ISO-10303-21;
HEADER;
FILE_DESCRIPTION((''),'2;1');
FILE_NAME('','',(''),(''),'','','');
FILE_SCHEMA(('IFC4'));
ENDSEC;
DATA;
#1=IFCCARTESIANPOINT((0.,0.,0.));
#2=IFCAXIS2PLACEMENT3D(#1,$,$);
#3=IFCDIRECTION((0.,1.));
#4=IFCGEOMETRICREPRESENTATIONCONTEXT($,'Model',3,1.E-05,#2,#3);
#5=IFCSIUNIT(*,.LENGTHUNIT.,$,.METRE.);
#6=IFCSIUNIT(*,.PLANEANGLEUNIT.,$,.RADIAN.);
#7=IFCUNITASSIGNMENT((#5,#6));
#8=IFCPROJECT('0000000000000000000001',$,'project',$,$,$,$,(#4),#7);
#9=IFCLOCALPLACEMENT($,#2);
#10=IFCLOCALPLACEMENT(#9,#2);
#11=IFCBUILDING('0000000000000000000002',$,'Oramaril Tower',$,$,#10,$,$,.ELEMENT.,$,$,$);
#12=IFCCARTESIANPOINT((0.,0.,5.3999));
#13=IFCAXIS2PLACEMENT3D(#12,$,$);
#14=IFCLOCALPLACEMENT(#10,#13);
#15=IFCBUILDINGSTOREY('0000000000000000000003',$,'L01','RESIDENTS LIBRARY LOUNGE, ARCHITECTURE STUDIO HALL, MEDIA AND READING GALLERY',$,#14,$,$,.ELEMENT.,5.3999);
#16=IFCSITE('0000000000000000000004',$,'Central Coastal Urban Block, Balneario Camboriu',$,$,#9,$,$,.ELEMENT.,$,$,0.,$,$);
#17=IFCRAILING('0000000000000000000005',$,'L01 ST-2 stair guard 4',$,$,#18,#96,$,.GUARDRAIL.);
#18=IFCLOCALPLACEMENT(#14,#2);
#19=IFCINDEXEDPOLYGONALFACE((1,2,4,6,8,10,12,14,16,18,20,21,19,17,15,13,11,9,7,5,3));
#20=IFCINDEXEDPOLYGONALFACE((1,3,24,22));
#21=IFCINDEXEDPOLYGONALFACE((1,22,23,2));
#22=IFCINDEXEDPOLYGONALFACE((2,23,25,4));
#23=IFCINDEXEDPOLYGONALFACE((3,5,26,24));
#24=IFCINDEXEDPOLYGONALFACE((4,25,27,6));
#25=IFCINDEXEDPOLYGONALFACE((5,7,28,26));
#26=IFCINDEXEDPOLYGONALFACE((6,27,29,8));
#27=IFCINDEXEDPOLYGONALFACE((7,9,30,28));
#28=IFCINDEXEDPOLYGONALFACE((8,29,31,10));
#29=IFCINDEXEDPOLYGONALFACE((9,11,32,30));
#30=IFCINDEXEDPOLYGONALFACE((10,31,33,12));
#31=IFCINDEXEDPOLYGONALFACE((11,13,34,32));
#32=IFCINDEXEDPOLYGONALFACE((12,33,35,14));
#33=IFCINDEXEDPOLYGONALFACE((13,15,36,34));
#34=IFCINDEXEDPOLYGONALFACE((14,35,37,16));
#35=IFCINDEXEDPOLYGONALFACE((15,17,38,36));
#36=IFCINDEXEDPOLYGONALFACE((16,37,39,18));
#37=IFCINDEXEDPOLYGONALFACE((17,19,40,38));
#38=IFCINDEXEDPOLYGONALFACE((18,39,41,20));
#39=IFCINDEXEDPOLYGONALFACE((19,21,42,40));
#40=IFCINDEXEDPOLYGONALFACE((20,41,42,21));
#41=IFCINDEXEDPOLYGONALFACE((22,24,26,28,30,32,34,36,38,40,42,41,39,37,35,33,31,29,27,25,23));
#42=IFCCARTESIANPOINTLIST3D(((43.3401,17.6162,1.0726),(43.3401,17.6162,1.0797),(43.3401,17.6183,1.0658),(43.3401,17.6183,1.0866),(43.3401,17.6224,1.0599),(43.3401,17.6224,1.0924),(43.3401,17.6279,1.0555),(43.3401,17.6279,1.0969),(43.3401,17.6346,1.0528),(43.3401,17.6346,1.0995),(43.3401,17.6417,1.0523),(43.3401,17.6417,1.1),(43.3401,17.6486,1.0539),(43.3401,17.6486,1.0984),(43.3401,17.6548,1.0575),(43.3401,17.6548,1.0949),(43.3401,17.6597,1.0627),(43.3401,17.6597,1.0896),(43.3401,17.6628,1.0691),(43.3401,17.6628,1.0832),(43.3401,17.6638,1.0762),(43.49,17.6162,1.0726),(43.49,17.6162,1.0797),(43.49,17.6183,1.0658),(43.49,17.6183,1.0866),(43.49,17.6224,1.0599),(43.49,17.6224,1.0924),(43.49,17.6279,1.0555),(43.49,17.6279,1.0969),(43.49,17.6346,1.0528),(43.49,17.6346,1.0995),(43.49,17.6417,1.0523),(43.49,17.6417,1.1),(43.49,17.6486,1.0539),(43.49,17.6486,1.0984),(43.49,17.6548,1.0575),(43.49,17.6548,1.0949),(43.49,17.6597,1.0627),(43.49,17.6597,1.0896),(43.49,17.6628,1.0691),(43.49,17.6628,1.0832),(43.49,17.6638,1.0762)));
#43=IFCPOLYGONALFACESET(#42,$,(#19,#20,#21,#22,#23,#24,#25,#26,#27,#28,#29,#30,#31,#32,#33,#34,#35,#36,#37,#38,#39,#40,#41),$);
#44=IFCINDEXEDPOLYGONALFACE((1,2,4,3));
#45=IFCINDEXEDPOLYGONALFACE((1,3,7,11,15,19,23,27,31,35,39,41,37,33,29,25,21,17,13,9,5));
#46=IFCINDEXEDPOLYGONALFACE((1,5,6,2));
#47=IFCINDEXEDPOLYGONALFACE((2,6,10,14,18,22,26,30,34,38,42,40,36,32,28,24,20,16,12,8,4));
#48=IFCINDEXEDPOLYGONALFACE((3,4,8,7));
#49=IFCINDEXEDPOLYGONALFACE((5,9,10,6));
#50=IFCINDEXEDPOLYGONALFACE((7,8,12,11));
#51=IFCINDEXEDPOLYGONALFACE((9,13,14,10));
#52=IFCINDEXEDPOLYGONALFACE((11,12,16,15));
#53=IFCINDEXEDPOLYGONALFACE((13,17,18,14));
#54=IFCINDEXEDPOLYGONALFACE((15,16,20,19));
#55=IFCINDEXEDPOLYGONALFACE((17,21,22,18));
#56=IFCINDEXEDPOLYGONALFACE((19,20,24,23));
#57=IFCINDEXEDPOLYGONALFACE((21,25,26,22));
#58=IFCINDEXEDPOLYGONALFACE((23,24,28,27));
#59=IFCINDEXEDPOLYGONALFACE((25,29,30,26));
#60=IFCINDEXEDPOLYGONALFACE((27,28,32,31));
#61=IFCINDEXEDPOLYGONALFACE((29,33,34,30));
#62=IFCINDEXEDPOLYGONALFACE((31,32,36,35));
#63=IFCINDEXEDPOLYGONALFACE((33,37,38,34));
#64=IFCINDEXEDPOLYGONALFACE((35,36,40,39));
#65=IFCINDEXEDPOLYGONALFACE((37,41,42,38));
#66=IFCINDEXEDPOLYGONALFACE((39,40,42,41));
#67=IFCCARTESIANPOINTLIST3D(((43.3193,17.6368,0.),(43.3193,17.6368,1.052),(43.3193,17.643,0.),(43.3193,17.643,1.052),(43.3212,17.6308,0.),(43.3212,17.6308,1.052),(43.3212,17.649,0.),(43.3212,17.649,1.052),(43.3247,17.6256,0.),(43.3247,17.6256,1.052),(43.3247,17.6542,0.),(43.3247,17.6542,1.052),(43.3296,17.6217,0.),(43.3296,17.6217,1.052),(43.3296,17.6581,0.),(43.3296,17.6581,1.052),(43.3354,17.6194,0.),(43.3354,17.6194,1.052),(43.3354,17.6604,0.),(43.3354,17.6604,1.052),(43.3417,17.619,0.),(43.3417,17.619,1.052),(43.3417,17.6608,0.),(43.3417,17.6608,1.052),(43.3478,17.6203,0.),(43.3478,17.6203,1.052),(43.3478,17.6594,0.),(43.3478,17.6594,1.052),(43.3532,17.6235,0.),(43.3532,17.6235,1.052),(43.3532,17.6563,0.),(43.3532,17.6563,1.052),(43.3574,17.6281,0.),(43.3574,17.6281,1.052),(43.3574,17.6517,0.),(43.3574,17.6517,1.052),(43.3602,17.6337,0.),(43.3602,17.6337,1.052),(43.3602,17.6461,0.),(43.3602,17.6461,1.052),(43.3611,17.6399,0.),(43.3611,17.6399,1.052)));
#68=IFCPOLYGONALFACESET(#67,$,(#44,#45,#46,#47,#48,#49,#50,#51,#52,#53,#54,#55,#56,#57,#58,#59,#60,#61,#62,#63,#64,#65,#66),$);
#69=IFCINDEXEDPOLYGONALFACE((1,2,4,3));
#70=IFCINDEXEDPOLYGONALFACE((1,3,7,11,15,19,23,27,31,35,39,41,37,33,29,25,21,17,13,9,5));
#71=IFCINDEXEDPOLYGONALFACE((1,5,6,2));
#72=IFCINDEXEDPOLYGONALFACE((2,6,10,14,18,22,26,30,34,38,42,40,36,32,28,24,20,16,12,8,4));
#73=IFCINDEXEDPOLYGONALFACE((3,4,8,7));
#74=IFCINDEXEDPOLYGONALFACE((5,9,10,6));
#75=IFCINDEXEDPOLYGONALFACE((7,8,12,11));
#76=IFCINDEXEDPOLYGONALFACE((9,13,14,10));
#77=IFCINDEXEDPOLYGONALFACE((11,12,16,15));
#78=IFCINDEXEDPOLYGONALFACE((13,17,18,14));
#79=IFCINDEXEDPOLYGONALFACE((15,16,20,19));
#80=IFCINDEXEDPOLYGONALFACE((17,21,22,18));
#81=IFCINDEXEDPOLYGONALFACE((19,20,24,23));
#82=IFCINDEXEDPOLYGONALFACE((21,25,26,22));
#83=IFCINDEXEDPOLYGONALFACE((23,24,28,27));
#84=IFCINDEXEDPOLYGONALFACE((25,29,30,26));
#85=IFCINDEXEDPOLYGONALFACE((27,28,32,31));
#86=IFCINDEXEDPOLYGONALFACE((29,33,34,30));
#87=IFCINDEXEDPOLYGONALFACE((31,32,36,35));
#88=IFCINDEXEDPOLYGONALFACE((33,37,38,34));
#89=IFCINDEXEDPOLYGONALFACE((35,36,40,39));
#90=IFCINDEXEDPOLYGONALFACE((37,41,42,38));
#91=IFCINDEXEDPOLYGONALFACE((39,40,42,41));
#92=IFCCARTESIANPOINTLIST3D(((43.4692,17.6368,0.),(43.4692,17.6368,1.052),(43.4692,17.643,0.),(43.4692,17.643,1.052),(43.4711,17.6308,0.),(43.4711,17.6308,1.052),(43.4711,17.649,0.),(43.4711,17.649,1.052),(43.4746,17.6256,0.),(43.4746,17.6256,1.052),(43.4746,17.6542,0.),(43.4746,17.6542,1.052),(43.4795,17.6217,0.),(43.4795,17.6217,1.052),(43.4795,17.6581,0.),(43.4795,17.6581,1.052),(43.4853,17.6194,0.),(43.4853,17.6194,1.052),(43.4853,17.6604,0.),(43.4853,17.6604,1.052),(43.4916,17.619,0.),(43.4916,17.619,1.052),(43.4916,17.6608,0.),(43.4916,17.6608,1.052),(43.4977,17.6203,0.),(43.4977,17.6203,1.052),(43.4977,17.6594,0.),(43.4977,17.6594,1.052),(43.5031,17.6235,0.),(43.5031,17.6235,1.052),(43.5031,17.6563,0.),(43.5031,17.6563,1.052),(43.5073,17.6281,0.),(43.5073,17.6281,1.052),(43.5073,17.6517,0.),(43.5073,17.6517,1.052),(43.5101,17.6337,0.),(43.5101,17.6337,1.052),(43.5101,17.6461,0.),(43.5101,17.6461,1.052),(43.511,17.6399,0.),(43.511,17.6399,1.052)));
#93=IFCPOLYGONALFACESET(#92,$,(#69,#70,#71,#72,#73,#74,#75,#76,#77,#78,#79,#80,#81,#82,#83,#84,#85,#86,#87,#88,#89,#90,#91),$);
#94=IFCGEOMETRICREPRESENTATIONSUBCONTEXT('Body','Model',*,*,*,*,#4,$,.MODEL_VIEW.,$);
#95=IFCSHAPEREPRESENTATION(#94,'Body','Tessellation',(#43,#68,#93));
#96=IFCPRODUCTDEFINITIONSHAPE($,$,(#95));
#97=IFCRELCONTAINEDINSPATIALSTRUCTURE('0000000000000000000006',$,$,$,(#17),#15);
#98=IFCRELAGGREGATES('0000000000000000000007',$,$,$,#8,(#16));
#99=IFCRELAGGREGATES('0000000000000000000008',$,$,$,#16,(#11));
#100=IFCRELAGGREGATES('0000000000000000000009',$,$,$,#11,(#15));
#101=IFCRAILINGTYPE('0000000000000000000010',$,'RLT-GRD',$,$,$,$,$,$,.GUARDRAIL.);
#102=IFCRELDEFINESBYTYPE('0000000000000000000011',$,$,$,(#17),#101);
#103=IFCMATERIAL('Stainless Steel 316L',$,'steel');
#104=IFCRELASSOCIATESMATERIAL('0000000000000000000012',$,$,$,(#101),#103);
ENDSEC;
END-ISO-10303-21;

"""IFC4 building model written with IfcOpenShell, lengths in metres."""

from ifc_helpers import new_model, si_unit, direction, frame, origin, origin_2d, place, context, subcontext, project, spatial, circle, extrude, material, type_object, element, save


model = new_model("IFC4")

# Units and contexts
model_context = context("Model", 3, precision=1e-05, world=origin(), true_north=direction((0.0, 1.0)))
body_context = subcontext(model_context, "Body", "Model", "MODEL_VIEW")
ifc_project = project(units=[si_unit("LENGTHUNIT", "METRE"), si_unit("PLANEANGLEUNIT", "RADIAN")], contexts=[model_context])

# Site, building, storey
site_placement = place(None, origin())
site = spatial("IfcSite", under=ifc_project, at=site_placement, Name="Central Coastal Urban Block, Balneario Camboriu", CompositionType="ELEMENT", RefElevation=0.0)
building_placement = place(site_placement, origin())
building = spatial("IfcBuilding", under=site, at=building_placement, Name="Oramaril Tower", CompositionType="ELEMENT")
storey_placement = place(building_placement, frame((0.0, 0.0, 5.3999)))
storey = spatial("IfcBuildingStorey", under=building, at=storey_placement, Name="L01", Description="RESIDENTS LIBRARY LOUNGE, ARCHITECTURE STUDIO HALL, MEDIA AND READING GALLERY", CompositionType="ELEMENT", Elevation=5.3999)

# Railing
ifc_material_1 = material(Name="Stainless Steel 316L", Category="steel")
railing_type_1 = type_object("IfcRailingType", Name="RLT-GRD", PredefinedType="GUARDRAIL", material=ifc_material_1)
railing_1_placement = place(storey_placement, frame((43.3401, 17.6399, 0.0)))
element("IfcRailing", 1, at=railing_1_placement, inside=storey, type_object=railing_type_1, Name="L01 ST-2 stair guard 4", PredefinedType="GUARDRAIL", context=body_context, shape_type="SweptSolid", body=[
    extrude(circle(Radius=0.0239, at=origin_2d()), frame((0.0, 0.0, 1.0762), z_axis=(1.0, 0.0, 0.0), x_axis=(0.0, 1.0, 0.0)), (0.0, 0.0, 1.0), 0.1499),
    extrude(circle(Radius=0.021, at=origin_2d()), origin(), (0.0, 0.0, 1.0), 1.052),
    extrude(circle(Radius=0.021, at=origin_2d()), frame((0.1499, 0.0, 0.0)), (0.0, 0.0, 1.0), 1.052),
])

save(model, "model.ifc")
